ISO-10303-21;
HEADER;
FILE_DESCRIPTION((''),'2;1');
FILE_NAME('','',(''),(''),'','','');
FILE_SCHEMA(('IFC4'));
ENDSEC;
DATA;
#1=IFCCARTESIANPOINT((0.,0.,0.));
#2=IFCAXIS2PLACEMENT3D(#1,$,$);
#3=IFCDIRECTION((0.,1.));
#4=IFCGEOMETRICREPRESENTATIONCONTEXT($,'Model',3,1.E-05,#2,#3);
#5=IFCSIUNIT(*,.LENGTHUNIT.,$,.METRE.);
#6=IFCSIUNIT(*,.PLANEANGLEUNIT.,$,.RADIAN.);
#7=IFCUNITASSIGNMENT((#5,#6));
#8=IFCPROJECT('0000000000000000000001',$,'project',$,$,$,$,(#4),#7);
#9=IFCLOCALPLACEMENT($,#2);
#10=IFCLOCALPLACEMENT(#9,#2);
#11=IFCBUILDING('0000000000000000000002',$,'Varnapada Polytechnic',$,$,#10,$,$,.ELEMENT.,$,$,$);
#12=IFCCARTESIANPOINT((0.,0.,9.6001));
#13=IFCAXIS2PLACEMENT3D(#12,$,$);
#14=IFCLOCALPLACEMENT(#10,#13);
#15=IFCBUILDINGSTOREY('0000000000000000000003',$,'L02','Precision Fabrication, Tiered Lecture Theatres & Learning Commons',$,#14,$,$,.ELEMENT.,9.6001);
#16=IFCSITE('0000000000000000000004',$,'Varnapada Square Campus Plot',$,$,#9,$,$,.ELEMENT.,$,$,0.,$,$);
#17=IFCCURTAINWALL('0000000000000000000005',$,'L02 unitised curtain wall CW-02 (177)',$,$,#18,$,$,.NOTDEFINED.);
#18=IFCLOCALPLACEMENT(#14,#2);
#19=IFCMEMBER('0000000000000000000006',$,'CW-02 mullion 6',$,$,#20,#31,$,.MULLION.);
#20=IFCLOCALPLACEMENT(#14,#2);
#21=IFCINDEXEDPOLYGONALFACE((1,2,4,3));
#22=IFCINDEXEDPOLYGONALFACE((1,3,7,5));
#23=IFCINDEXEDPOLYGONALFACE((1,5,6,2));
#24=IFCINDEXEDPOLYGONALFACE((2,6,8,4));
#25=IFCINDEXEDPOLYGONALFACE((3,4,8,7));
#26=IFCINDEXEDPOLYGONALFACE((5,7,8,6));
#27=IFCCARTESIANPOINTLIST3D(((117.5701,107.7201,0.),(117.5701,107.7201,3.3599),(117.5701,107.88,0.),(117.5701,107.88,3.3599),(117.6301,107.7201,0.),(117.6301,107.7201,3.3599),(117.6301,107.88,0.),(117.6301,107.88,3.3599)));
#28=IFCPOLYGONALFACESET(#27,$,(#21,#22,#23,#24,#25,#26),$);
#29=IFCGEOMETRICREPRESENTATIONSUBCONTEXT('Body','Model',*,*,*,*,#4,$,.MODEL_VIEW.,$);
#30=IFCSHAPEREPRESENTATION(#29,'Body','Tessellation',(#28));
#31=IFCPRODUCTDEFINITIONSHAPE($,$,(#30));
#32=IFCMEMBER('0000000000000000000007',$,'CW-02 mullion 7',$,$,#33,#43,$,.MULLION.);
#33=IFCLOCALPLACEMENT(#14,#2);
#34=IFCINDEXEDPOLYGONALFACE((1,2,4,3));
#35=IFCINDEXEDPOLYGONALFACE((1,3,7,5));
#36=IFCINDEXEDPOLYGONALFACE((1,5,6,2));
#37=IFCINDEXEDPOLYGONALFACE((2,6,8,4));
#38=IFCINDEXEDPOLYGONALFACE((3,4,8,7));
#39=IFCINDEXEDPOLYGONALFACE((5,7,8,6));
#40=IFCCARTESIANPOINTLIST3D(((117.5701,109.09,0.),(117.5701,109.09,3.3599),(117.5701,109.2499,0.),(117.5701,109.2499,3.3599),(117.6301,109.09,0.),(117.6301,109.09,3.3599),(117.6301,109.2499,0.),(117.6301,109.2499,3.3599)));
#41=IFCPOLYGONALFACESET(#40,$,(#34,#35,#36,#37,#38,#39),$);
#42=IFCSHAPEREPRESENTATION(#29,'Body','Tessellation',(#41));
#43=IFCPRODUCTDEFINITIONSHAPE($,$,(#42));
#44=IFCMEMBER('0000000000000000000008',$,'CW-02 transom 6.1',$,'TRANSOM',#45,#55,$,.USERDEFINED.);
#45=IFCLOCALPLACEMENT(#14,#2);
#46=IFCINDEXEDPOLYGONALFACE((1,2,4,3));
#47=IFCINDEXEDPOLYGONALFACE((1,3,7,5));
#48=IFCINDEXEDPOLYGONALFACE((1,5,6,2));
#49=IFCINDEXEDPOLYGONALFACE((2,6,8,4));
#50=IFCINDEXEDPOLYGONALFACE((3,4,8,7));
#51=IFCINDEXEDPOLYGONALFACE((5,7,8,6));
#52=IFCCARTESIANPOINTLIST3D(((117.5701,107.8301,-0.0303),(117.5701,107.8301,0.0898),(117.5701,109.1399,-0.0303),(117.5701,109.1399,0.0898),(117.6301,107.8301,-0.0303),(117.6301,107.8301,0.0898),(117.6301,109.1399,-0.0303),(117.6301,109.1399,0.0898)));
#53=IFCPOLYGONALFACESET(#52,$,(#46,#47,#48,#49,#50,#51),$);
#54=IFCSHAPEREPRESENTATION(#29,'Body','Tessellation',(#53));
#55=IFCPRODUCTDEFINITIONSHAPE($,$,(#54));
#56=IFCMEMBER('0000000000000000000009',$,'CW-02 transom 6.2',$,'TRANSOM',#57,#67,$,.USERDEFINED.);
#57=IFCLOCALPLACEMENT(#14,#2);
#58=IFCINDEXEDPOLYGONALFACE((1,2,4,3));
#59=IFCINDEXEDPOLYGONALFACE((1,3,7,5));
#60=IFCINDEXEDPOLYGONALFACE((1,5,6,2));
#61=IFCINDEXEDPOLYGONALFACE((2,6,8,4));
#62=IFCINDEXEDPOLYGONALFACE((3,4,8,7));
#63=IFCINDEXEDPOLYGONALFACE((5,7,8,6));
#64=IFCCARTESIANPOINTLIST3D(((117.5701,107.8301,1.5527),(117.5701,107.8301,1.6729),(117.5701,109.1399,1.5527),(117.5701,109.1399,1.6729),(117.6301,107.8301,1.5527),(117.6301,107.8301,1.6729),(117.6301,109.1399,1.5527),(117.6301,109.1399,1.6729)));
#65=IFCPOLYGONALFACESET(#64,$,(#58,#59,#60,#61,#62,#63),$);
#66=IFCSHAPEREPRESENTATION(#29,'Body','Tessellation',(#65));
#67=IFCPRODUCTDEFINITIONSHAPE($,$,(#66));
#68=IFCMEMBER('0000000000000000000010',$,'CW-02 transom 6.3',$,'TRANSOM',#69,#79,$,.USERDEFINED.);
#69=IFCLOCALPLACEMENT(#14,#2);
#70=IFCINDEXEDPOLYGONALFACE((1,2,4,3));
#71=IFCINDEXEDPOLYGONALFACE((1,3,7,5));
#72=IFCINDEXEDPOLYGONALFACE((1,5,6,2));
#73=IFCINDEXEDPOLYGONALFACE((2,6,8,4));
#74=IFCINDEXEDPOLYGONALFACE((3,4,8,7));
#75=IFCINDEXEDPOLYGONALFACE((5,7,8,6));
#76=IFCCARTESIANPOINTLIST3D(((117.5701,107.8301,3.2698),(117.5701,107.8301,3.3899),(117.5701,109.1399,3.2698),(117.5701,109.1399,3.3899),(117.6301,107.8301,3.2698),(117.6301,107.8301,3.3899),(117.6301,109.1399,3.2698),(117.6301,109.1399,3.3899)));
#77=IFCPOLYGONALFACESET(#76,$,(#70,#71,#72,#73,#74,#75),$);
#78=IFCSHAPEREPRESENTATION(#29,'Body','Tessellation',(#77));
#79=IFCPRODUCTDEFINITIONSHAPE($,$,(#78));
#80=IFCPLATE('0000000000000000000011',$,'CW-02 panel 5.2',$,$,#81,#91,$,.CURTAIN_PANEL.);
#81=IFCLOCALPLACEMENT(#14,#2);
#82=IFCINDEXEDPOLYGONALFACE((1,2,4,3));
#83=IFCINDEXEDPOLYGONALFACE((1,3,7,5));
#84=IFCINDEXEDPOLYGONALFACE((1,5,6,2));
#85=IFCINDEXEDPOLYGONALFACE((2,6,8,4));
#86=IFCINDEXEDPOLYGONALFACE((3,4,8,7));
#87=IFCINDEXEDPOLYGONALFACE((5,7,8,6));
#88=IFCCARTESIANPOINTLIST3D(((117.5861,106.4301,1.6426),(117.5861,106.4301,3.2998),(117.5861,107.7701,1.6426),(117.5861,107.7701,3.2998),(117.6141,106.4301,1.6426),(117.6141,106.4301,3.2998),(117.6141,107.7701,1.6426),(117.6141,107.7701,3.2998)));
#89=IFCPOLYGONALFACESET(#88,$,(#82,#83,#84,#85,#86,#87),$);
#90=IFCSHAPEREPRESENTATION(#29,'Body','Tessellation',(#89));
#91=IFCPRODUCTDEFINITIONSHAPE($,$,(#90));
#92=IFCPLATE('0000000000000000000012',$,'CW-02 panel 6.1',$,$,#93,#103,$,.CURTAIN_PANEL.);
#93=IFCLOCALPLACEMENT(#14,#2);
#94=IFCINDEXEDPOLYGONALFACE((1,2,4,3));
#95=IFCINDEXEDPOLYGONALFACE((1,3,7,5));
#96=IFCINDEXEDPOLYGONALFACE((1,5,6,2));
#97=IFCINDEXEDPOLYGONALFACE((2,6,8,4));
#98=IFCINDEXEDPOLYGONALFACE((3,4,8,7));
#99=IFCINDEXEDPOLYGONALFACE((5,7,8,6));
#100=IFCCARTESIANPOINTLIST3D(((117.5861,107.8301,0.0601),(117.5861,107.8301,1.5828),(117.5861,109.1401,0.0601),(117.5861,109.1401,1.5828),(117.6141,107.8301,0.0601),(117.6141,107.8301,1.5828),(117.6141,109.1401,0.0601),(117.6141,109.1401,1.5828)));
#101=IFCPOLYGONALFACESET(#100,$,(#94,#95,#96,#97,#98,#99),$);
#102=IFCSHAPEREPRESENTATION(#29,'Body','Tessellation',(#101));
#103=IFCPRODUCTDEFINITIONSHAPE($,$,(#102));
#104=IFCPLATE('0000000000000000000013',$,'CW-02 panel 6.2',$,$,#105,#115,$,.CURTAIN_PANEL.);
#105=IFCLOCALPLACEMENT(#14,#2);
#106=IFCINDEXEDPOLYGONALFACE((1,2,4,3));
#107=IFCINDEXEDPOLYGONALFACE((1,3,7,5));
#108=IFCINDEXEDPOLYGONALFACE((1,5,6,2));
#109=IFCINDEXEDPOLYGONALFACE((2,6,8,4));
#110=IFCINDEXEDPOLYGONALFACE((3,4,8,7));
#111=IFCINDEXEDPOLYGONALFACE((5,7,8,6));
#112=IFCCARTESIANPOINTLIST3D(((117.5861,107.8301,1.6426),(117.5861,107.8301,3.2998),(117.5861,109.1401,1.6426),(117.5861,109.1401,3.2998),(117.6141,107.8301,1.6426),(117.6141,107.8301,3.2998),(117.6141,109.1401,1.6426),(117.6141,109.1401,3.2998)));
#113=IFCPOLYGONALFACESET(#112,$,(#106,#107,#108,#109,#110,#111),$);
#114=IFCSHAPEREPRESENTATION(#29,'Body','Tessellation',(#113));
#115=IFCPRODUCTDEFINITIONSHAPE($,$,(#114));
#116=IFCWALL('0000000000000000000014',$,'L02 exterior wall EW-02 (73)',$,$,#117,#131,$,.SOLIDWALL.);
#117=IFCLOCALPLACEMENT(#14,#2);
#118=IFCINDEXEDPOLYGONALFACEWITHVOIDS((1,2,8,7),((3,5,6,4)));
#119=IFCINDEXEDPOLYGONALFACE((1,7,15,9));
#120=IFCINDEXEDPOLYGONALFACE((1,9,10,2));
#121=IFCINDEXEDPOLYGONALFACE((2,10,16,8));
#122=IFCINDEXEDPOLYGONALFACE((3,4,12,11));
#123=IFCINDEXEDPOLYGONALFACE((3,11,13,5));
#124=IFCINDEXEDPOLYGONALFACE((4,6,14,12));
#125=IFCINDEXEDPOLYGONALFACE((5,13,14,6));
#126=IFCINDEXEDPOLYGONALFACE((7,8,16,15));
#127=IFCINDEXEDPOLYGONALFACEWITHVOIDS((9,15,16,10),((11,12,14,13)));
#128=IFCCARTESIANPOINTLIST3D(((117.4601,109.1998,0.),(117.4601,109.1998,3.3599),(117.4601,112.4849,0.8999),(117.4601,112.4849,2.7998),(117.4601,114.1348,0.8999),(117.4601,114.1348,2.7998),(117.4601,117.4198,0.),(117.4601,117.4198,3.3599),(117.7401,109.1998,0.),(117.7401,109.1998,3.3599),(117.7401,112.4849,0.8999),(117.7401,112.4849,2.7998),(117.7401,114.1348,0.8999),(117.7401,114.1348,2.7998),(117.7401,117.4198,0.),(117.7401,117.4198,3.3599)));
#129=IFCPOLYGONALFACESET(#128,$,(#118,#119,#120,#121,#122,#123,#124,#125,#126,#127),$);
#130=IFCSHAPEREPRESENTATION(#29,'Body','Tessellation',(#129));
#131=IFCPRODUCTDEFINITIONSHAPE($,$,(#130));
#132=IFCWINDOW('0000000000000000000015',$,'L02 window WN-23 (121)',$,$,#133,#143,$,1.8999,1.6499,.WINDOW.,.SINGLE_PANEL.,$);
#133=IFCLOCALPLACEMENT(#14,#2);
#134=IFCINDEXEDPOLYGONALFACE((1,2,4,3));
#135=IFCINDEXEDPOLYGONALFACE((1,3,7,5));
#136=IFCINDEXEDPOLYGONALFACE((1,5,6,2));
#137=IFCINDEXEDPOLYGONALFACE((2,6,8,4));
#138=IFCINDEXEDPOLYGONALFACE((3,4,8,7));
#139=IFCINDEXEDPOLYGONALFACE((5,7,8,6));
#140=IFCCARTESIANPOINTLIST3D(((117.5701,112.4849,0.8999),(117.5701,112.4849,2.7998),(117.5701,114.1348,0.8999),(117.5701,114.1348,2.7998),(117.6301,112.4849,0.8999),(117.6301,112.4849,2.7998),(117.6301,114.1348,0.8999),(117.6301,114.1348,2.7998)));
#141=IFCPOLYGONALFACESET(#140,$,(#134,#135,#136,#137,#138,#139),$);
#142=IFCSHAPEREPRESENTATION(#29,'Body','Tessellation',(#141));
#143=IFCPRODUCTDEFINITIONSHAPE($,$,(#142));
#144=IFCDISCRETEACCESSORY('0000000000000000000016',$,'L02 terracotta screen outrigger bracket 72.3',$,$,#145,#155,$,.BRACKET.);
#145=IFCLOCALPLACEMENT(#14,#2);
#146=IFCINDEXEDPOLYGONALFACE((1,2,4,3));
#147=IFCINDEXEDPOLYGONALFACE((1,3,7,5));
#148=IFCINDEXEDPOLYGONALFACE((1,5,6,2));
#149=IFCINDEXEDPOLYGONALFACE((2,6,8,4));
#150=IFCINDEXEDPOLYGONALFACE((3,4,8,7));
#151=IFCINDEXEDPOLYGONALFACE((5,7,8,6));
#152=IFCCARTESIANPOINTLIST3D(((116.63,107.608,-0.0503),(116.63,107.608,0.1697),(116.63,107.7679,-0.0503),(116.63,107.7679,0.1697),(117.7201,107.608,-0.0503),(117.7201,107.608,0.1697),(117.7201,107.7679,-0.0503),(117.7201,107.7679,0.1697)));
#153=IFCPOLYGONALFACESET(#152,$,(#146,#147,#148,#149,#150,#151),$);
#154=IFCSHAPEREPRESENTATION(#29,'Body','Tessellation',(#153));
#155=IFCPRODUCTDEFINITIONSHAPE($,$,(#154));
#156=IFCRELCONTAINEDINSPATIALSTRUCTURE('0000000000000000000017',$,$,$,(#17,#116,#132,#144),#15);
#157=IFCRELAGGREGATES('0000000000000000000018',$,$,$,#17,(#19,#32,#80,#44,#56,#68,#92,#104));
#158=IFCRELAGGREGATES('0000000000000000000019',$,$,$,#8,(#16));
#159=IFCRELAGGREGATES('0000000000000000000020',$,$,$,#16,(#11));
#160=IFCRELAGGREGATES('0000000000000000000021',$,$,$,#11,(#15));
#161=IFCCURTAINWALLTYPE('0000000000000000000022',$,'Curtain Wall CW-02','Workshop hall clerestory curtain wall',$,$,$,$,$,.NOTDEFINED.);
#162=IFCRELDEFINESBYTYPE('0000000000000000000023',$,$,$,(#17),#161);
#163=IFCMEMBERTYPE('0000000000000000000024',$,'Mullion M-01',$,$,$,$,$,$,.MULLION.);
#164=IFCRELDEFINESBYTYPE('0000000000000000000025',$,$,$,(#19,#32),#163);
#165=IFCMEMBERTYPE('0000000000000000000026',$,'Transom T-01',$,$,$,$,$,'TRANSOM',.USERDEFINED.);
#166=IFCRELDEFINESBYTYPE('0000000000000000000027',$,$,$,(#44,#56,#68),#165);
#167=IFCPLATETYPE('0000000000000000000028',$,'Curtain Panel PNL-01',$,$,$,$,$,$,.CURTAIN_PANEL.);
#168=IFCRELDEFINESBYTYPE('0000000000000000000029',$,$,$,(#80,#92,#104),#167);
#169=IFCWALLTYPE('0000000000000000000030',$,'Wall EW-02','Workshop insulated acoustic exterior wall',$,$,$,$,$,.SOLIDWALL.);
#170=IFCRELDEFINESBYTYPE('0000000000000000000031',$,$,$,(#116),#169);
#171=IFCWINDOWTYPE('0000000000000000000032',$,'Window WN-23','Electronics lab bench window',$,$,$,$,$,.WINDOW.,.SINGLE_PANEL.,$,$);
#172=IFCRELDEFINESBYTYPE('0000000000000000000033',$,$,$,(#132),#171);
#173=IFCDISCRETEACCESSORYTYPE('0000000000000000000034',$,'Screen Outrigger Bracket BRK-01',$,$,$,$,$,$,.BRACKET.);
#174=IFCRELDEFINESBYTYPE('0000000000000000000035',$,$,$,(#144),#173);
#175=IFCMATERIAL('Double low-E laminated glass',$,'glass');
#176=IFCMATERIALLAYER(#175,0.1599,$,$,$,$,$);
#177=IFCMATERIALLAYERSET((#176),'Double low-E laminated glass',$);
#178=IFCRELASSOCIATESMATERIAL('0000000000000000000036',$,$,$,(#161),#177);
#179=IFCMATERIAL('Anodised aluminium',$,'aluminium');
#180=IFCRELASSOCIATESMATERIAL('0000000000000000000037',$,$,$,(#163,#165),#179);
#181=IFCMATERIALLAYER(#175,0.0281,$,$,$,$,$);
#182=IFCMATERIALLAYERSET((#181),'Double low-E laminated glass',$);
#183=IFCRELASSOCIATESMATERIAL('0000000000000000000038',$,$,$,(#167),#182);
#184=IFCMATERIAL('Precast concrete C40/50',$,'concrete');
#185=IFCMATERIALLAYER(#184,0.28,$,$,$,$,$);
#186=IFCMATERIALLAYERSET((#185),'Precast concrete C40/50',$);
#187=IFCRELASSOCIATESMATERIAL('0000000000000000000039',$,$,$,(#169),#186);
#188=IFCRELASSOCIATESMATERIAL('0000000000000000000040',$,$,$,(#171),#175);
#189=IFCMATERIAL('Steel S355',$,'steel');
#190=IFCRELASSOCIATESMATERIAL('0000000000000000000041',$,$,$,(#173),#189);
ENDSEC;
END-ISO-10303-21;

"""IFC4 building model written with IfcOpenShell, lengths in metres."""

from ifc_helpers import new_model, si_unit, direction, frame, frame_2d, origin, origin_2d, place, context, subcontext, project, spatial, rectangle, extrude, material, layer, layer_set, material_profile, profile_set, type_object, element, fill, aggregate, save


model = new_model("IFC4")

# Units and contexts
model_context = context("Model", 3, precision=1e-05, world=origin(), true_north=direction((0.0, 1.0)))
body_context = subcontext(model_context, "Body", "Model", "MODEL_VIEW")
ifc_project = project(units=[si_unit("LENGTHUNIT", "METRE"), si_unit("PLANEANGLEUNIT", "RADIAN")], contexts=[model_context])

# Site, building, storey
site_placement = place(None, origin())
site = spatial("IfcSite", under=ifc_project, at=site_placement, Name="Varnapada Square Campus Plot", CompositionType="ELEMENT", RefElevation=0.0)
building_placement = place(site_placement, origin())
building = spatial("IfcBuilding", under=site, at=building_placement, Name="Varnapada Polytechnic", CompositionType="ELEMENT")
storey_placement = place(building_placement, frame((0.0, 0.0, 9.6001)))
storey = spatial("IfcBuildingStorey", under=building, at=storey_placement, Name="L02", Description="Precision Fabrication, Tiered Lecture Theatres & Learning Commons", CompositionType="ELEMENT", Elevation=9.6001)

# Curtain wall, members, plates
ifc_material_1 = material(Name="Double low-E laminated glass", Category="glass")
ifc_layer_1 = layer(ifc_material_1, 0.1599)
ifc_layer_set_1 = layer_set([ifc_layer_1], Name="Double low-E laminated glass")
curtain_wall_type = type_object("IfcCurtainWallType", Name="Curtain Wall CW-02", Description="Workshop hall clerestory curtain wall", PredefinedType="NOTDEFINED", material=ifc_layer_set_1)
curtain_wall_placement = place(storey_placement, origin())
curtain_wall = element("IfcCurtainWall", 1, at=curtain_wall_placement, inside=storey, type_object=curtain_wall_type, Name="L02 unitised curtain wall CW-02 (177)", PredefinedType="NOTDEFINED")
ifc_material_2 = material(Name="Anodised aluminium", Category="aluminium")
ifc_material_profile_1 = material_profile(ifc_material_2, rectangle(XDim=0.0601, YDim=0.1599, at=origin_2d()), Name="ALU M60x160")
ifc_profile_set_1 = profile_set([ifc_material_profile_1], Name="Anodised aluminium")
member_type_1 = type_object("IfcMemberType", Name="Mullion M-01", PredefinedType="MULLION", material=ifc_profile_set_1)
member_1_placement = place(storey_placement, frame((117.6001, 107.8, 0.0), z_axis=(0.0, 0.0, 1.0), x_axis=(-1.0, 0.0, 0.0)))
member_1 = element("IfcMember", 2, at=member_1_placement, type_object=member_type_1, Name="CW-02 mullion 6", PredefinedType="MULLION", context=body_context, shape_type="SweptSolid", body=[
    extrude(rectangle(XDim=0.0601, YDim=0.1599, at=origin_2d()), origin(), (0.0, 0.0, 1.0), 3.3599),
])
member_2_placement = place(storey_placement, frame((117.6001, 109.1699, 0.0), z_axis=(0.0, 0.0, 1.0), x_axis=(-1.0, 0.0, 0.0)))
member_2 = element("IfcMember", 3, at=member_2_placement, type_object=member_type_1, Name="CW-02 mullion 7", PredefinedType="MULLION", context=body_context, shape_type="SweptSolid", body=[
    extrude(rectangle(XDim=0.0601, YDim=0.1599, at=origin_2d()), origin(), (0.0, 0.0, 1.0), 3.3599),
])
ifc_material_profile_2 = material_profile(ifc_material_2, rectangle(XDim=0.0601, YDim=0.1201, at=origin_2d()), Name="ALU T60x120")
ifc_profile_set_2 = profile_set([ifc_material_profile_2], Name="Anodised aluminium")
member_type_2 = type_object("IfcMemberType", Name="Transom T-01", ElementType="TRANSOM", PredefinedType="USERDEFINED", material=ifc_profile_set_2)
member_3_placement = place(storey_placement, frame((117.6001, 107.8301, 0.0298), z_axis=(0.0, 1.0, 0.0), x_axis=(-1.0, 0.0, 0.0)))
member_3 = element("IfcMember", 4, at=member_3_placement, type_object=member_type_2, Name="CW-02 transom 6.1", ObjectType="TRANSOM", PredefinedType="USERDEFINED", context=body_context, shape_type="SweptSolid", body=[
    extrude(rectangle(XDim=0.0601, YDim=0.1201, at=origin_2d()), origin(), (0.0, 0.0, 1.0), 1.3098),
])
member_4_placement = place(storey_placement, frame((117.6001, 107.8301, 1.6128), z_axis=(0.0, 1.0, 0.0), x_axis=(-1.0, 0.0, 0.0)))
member_4 = element("IfcMember", 5, at=member_4_placement, type_object=member_type_2, Name="CW-02 transom 6.2", ObjectType="TRANSOM", PredefinedType="USERDEFINED", context=body_context, shape_type="SweptSolid", body=[
    extrude(rectangle(XDim=0.0601, YDim=0.1201, at=origin_2d()), origin(), (0.0, 0.0, 1.0), 1.3098),
])
member_5_placement = place(storey_placement, frame((117.6001, 107.8301, 3.3298), z_axis=(0.0, 1.0, 0.0), x_axis=(-1.0, 0.0, 0.0)))
member_5 = element("IfcMember", 6, at=member_5_placement, type_object=member_type_2, Name="CW-02 transom 6.3", ObjectType="TRANSOM", PredefinedType="USERDEFINED", context=body_context, shape_type="SweptSolid", body=[
    extrude(rectangle(XDim=0.0601, YDim=0.1201, at=origin_2d()), origin(), (0.0, 0.0, 1.0), 1.3098),
])
ifc_layer_2 = layer(ifc_material_1, 0.0281)
ifc_layer_set_2 = layer_set([ifc_layer_2], Name="Double low-E laminated glass")
plate_type = type_object("IfcPlateType", Name="Curtain Panel PNL-01", PredefinedType="CURTAIN_PANEL", material=ifc_layer_set_2)
plate_1_placement = place(storey_placement, frame((117.6001, 107.1001, 1.6426), z_axis=(0.0, 0.0, 1.0), x_axis=(0.0, 1.0, 0.0)))
plate_1 = element("IfcPlate", 7, at=plate_1_placement, type_object=plate_type, Name="CW-02 panel 5.2", PredefinedType="CURTAIN_PANEL", context=body_context, shape_type="SweptSolid", body=[
    extrude(rectangle(XDim=1.3401, YDim=0.0281, at=origin_2d()), origin(), (0.0, 0.0, 1.0), 1.6572),
])
plate_2_placement = place(storey_placement, frame((117.6001, 108.4851, 0.0601), z_axis=(0.0, 0.0, 1.0), x_axis=(0.0, 1.0, 0.0)))
plate_2 = element("IfcPlate", 8, at=plate_2_placement, type_object=plate_type, Name="CW-02 panel 6.1", PredefinedType="CURTAIN_PANEL", context=body_context, shape_type="SweptSolid", body=[
    extrude(rectangle(XDim=1.3101, YDim=0.0281, at=origin_2d()), origin(), (0.0, 0.0, 1.0), 1.5227),
])
plate_3_placement = place(storey_placement, frame((117.6001, 108.4851, 1.6426), z_axis=(0.0, 0.0, 1.0), x_axis=(0.0, 1.0, 0.0)))
plate_3 = element("IfcPlate", 9, at=plate_3_placement, type_object=plate_type, Name="CW-02 panel 6.2", PredefinedType="CURTAIN_PANEL", context=body_context, shape_type="SweptSolid", body=[
    extrude(rectangle(XDim=1.3101, YDim=0.0281, at=origin_2d()), origin(), (0.0, 0.0, 1.0), 1.6572),
])
aggregate(curtain_wall, [member_1, member_2, plate_1, member_3, member_4, member_5, plate_2, plate_3])

# Wall, opening, window
ifc_material_3 = material(Name="Precast concrete C40/50", Category="concrete")
ifc_layer_3 = layer(ifc_material_3, 0.28)
ifc_layer_set_3 = layer_set([ifc_layer_3], Name="Precast concrete C40/50")
wall_type = type_object("IfcWallType", Name="Wall EW-02", Description="Workshop insulated acoustic exterior wall", PredefinedType="SOLIDWALL", material=ifc_layer_set_3)
wall_placement = place(storey_placement, frame((117.6001, 109.2, 0.0), z_axis=(0.0, 0.0, 1.0), x_axis=(0.0, 1.0, 0.0)))
wall = element("IfcWall", 10, at=wall_placement, inside=storey, type_object=wall_type, Name="L02 exterior wall EW-02 (73)", PredefinedType="SOLIDWALL", context=body_context, shape_type="SweptSolid", body=[
    extrude(rectangle(XDim=8.22, YDim=0.28, at=frame_2d((4.1099, 0.0))), origin(), (0.0, 0.0, 1.0), 3.3599),
])
opening_1_placement = place(wall_placement, frame((3.2849, 0.0, 0.8999)))
opening_1 = element("IfcOpeningElement", 11, at=opening_1_placement, cuts=wall, PredefinedType="OPENING", context=body_context, shape_type="SweptSolid", body=[
    extrude(rectangle(XDim=1.6499, YDim=1.8999, at=frame_2d((0.825, 0.95))), frame((0.0, 0.1499, 0.0), z_axis=(0.0, -1.0, 0.0), x_axis=(1.0, 0.0, 0.0)), (0.0, 0.0, 1.0), 0.3),
])
window_type = type_object("IfcWindowType", Name="Window WN-23", Description="Electronics lab bench window", PartitioningType="SINGLE_PANEL", PredefinedType="WINDOW", material=ifc_material_1)
window_placement = place(opening_1_placement, origin())
window = element("IfcWindow", 12, at=window_placement, inside=storey, type_object=window_type, Name="L02 window WN-23 (121)", OverallHeight=1.8999, OverallWidth=1.6499, PartitioningType="SINGLE_PANEL", PredefinedType="WINDOW", context=body_context, shape_type="SweptSolid", body=[
    extrude(rectangle(XDim=1.6499, YDim=1.8999, at=frame_2d((0.825, 0.95))), frame((0.0, 0.03, 0.0), z_axis=(0.0, -1.0, 0.0), x_axis=(1.0, 0.0, 0.0)), (0.0, 0.0, 1.0), 0.0601),
])
fill(opening_1, window)

# Discrete accessory
ifc_material_4 = material(Name="Steel S355", Category="steel")
discrete_accessory_type = type_object("IfcDiscreteAccessoryType", Name="Screen Outrigger Bracket BRK-01", PredefinedType="BRACKET", material=ifc_material_4)
discrete_accessory_placement = place(storey_placement, frame((117.175, 107.688, -0.0503), z_axis=(0.0, 0.0, 1.0), x_axis=(0.0, 1.0, 0.0)))
element("IfcDiscreteAccessory", 13, at=discrete_accessory_placement, inside=storey, type_object=discrete_accessory_type, Name="L02 terracotta screen outrigger bracket 72.3", PredefinedType="BRACKET", context=body_context, shape_type="SweptSolid", body=[
    extrude(rectangle(XDim=0.1599, YDim=1.0901, at=origin_2d()), origin(), (0.0, 0.0, 1.0), 0.22),
])

save(model, "model.ifc")
